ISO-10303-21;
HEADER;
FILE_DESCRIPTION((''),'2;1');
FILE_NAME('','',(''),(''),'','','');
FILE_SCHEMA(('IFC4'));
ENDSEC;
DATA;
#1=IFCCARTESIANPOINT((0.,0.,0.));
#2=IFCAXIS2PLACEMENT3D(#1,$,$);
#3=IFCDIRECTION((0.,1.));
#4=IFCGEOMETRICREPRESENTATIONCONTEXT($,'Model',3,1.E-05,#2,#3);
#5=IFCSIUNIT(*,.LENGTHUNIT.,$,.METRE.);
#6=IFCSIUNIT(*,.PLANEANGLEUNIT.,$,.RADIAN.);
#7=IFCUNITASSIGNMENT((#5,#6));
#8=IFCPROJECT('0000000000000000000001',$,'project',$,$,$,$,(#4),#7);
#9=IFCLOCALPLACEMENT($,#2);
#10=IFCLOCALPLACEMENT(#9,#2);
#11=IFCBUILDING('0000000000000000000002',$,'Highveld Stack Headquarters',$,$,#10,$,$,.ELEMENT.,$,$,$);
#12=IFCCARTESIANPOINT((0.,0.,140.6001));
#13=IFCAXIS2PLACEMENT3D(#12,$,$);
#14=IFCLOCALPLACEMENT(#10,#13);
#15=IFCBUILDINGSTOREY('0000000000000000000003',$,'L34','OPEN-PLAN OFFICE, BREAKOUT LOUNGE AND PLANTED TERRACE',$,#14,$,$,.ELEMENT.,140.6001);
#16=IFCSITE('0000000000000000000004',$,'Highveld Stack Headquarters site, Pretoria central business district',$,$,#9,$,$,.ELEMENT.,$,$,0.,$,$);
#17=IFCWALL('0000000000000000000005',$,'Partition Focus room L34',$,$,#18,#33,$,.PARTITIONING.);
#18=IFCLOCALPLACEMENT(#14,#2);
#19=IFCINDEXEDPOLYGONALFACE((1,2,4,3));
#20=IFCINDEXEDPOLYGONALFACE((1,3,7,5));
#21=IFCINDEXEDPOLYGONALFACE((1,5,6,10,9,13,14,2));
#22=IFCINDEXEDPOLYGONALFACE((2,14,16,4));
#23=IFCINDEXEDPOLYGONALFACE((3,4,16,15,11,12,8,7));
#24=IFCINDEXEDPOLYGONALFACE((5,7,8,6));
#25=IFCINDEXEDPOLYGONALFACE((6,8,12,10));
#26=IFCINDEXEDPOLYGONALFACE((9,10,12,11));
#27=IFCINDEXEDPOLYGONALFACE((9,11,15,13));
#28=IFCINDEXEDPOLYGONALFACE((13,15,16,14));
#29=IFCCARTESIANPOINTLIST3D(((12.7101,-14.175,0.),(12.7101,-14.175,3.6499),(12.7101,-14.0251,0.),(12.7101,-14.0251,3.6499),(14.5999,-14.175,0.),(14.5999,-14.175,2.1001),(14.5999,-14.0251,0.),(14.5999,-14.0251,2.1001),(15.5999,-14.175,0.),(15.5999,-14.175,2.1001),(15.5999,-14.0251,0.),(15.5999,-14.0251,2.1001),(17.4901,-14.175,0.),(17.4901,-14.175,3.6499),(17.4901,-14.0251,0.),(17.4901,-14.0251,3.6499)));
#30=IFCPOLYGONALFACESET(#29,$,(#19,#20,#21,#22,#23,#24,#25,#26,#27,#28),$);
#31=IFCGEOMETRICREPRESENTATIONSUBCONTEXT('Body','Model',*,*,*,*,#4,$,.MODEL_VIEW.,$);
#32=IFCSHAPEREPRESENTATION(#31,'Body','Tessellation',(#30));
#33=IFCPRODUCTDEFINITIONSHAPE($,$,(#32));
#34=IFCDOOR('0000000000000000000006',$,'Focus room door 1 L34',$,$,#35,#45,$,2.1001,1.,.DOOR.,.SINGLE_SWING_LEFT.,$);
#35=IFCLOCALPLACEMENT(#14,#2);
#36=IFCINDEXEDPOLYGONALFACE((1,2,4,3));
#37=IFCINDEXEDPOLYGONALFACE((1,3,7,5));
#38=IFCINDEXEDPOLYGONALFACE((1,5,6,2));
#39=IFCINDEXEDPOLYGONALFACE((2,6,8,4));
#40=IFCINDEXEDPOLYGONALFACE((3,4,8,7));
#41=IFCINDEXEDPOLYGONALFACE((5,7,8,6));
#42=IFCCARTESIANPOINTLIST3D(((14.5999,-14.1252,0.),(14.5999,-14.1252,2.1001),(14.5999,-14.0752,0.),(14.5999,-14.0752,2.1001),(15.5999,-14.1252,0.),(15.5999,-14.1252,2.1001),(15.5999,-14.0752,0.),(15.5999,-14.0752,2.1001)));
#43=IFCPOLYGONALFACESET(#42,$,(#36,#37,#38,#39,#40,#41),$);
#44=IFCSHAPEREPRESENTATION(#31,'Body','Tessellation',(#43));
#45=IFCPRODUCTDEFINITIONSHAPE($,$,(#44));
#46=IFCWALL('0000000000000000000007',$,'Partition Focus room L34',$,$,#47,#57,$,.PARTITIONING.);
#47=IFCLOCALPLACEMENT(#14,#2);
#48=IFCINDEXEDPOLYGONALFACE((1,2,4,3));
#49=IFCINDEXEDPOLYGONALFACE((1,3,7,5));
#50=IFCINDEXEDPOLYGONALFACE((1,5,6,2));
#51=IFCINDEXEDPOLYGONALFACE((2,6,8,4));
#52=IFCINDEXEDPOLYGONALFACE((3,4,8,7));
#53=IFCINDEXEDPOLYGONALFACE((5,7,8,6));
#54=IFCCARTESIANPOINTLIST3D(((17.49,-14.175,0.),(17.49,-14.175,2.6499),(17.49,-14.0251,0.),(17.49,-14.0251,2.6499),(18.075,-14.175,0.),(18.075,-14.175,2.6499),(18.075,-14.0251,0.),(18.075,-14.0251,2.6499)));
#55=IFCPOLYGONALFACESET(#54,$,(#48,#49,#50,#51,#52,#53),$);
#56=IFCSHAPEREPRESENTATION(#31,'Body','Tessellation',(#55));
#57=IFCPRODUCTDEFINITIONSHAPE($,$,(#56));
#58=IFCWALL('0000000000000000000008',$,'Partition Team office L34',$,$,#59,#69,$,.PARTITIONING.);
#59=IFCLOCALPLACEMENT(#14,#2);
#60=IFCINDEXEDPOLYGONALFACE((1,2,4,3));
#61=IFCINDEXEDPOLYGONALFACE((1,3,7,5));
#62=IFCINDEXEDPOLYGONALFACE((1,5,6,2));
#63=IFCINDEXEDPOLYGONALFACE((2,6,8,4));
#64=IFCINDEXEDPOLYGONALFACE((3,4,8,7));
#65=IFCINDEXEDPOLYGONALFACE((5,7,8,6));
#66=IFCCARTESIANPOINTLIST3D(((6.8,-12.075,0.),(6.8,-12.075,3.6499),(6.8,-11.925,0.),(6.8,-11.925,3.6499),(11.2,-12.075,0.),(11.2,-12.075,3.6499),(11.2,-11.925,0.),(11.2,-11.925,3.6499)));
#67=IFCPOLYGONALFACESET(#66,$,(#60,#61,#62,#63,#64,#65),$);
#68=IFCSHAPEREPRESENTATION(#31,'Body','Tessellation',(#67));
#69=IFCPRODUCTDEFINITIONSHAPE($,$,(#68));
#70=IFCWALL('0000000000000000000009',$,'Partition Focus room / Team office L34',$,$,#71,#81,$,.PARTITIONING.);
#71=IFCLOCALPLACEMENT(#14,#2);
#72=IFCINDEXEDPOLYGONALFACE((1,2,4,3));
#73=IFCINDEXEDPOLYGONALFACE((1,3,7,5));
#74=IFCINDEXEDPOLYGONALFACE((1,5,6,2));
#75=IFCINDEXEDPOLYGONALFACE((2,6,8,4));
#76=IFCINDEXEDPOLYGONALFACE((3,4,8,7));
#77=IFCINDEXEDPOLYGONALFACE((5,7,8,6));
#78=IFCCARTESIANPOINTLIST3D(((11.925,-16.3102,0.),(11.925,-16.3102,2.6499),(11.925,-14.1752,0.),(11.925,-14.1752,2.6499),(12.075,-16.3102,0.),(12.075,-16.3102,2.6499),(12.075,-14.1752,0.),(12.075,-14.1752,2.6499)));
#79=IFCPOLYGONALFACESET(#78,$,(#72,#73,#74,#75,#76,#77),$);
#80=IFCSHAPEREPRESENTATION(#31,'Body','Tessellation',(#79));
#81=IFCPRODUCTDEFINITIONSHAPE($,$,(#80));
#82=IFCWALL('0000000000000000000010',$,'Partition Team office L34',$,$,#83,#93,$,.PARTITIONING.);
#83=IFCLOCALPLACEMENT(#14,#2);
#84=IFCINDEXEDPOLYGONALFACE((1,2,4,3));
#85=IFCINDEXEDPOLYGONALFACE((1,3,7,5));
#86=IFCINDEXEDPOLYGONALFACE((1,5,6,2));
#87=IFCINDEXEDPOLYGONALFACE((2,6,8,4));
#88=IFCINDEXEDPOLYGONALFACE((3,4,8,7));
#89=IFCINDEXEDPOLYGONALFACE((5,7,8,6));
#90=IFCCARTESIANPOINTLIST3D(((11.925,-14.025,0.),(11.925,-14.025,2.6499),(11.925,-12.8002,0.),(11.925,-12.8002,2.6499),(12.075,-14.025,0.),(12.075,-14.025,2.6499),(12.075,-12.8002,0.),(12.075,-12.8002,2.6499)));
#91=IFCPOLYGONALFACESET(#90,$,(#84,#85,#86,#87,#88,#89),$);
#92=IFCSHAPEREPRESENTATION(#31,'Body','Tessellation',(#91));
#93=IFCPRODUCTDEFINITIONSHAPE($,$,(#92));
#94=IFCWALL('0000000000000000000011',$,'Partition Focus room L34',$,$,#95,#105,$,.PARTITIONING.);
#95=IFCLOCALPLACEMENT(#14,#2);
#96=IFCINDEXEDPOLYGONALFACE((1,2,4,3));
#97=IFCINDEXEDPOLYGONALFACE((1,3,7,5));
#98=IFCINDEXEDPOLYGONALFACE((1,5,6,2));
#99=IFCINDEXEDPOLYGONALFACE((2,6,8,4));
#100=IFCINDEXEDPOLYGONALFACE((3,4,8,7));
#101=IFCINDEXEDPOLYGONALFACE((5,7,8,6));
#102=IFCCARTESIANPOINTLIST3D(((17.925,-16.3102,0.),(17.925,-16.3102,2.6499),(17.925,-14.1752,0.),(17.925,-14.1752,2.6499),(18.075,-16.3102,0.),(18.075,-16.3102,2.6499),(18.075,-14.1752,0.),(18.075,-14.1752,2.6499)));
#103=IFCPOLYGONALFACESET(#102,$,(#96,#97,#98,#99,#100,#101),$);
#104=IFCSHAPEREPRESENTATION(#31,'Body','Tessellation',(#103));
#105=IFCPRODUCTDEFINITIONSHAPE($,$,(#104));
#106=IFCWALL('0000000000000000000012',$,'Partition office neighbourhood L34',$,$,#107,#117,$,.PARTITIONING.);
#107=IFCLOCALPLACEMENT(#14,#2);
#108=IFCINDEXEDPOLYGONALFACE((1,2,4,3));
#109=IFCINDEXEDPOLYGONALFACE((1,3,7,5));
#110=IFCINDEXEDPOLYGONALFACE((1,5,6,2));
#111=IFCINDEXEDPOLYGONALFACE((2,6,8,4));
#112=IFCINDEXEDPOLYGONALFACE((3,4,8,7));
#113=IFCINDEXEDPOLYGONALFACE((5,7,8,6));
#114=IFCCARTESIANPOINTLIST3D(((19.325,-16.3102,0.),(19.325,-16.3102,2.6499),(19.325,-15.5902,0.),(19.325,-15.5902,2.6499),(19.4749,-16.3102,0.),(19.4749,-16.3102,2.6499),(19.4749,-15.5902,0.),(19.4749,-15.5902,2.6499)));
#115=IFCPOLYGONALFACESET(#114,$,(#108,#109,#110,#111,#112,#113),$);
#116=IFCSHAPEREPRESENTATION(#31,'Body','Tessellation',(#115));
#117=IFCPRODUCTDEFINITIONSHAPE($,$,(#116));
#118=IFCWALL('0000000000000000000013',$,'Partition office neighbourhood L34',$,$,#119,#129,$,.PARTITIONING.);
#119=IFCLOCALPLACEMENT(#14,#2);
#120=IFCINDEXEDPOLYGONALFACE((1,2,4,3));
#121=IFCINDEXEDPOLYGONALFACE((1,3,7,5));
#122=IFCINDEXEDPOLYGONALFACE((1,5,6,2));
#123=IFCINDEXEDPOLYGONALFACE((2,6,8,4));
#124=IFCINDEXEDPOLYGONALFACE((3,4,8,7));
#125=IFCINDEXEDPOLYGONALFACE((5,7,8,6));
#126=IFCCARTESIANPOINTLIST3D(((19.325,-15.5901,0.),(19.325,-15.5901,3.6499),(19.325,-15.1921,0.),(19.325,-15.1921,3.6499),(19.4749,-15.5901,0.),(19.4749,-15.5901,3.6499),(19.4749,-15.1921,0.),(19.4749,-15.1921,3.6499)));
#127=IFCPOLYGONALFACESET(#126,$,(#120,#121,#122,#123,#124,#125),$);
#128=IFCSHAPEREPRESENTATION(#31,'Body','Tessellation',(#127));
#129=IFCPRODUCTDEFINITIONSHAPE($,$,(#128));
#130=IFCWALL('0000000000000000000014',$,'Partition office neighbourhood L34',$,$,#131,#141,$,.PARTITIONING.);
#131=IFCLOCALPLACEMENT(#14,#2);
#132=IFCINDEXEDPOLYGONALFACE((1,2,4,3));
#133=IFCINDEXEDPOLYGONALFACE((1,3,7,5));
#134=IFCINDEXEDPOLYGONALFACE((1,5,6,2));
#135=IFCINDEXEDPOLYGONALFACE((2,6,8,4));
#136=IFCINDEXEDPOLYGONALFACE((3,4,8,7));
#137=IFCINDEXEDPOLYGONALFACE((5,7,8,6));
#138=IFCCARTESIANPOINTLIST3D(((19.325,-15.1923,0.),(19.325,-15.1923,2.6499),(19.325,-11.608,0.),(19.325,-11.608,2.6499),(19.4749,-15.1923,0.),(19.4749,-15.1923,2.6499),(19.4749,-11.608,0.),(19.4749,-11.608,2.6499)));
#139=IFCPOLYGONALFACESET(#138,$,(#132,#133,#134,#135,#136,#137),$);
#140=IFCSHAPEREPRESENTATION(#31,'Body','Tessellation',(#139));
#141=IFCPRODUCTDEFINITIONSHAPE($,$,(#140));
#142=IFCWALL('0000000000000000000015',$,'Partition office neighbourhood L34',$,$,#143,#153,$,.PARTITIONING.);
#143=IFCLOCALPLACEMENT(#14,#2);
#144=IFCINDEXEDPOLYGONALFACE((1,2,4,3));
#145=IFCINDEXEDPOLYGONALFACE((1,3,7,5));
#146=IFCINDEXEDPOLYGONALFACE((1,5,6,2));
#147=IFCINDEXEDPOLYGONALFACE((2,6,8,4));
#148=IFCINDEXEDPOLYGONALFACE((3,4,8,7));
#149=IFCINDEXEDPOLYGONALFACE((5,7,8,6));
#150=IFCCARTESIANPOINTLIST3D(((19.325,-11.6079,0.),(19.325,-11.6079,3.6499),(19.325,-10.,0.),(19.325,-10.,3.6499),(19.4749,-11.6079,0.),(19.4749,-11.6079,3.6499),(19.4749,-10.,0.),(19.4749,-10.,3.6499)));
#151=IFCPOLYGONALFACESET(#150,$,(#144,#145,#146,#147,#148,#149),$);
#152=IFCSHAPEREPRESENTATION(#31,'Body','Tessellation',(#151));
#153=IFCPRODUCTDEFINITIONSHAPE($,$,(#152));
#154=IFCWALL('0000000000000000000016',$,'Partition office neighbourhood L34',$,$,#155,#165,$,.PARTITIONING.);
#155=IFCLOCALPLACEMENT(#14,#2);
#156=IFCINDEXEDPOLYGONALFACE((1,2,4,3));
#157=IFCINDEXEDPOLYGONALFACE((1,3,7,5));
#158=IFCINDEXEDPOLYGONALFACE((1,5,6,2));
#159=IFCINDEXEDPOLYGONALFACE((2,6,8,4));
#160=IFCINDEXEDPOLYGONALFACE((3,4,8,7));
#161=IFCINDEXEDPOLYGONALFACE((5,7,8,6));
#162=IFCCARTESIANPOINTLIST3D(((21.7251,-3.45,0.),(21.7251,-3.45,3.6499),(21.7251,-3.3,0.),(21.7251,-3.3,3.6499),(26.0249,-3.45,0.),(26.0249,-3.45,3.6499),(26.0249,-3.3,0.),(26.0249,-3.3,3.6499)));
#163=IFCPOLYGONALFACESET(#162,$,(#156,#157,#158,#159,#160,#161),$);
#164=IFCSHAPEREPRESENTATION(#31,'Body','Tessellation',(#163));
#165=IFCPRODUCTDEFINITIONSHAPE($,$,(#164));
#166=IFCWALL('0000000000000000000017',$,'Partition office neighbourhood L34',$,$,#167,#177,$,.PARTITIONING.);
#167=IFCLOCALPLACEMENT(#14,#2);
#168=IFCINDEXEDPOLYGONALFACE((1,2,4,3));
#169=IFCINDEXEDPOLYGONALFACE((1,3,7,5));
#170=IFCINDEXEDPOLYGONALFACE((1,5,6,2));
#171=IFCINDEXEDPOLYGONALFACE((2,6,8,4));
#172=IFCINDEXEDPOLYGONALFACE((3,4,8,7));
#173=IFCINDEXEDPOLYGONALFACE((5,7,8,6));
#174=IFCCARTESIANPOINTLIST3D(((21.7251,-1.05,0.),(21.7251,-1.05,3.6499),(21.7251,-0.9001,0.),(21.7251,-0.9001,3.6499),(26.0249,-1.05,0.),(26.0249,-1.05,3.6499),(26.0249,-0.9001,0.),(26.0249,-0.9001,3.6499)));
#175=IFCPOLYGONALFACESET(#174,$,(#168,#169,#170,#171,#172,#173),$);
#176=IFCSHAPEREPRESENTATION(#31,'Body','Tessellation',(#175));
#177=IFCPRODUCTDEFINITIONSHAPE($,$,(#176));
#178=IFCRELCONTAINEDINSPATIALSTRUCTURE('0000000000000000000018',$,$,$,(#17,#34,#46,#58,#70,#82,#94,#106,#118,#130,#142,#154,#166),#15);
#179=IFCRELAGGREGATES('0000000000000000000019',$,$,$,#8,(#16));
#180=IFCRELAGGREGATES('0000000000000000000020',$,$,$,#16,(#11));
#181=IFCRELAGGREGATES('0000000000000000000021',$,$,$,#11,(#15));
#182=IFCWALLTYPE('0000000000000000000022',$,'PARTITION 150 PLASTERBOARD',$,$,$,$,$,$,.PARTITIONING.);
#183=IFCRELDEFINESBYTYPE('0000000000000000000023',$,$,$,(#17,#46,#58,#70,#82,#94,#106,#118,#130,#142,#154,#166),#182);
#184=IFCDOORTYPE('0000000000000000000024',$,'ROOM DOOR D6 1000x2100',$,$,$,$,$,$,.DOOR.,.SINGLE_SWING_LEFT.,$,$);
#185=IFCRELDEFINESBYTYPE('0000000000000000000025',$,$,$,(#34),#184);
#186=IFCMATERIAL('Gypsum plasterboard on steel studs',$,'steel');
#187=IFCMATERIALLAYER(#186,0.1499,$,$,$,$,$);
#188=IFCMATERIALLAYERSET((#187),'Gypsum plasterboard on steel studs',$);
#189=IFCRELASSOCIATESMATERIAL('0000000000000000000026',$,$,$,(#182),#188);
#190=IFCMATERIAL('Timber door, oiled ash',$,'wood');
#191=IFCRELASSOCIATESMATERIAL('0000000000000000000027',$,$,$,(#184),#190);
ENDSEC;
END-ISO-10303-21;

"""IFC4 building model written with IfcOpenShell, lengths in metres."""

from ifc_helpers import new_model, si_unit, direction, frame, frame_2d, origin, place, context, subcontext, project, spatial, rectangle, extrude, material, layer, layer_set, type_object, element, fill, save


model = new_model("IFC4")

# Units and contexts
model_context = context("Model", 3, precision=1e-05, world=origin(), true_north=direction((0.0, 1.0)))
body_context = subcontext(model_context, "Body", "Model", "MODEL_VIEW")
ifc_project = project(units=[si_unit("LENGTHUNIT", "METRE"), si_unit("PLANEANGLEUNIT", "RADIAN")], contexts=[model_context])

# Site, building, storey
site_placement = place(None, origin())
site = spatial("IfcSite", under=ifc_project, at=site_placement, Name="Highveld Stack Headquarters site, Pretoria central business district", CompositionType="ELEMENT", RefElevation=0.0)
building_placement = place(site_placement, origin())
building = spatial("IfcBuilding", under=site, at=building_placement, Name="Highveld Stack Headquarters", CompositionType="ELEMENT")
storey_placement = place(building_placement, frame((0.0, 0.0, 140.6001)))
storey = spatial("IfcBuildingStorey", under=building, at=storey_placement, Name="L34", Description="OPEN-PLAN OFFICE, BREAKOUT LOUNGE AND PLANTED TERRACE", CompositionType="ELEMENT", Elevation=140.6001)

# Shared definitions
ifc_material_1 = material(Name="Gypsum plasterboard on steel studs", Category="steel")
ifc_layer_1 = layer(ifc_material_1, 0.1499)
ifc_layer_set_1 = layer_set([ifc_layer_1], Name="Gypsum plasterboard on steel studs")
wall_type_1 = type_object("IfcWallType", Name="PARTITION 150 PLASTERBOARD", PredefinedType="PARTITIONING", material=ifc_layer_set_1)

# Wall, opening, door
wall_1_placement = place(storey_placement, frame((12.71, -14.1001, 0.0), z_axis=(0.0, 0.0, 1.0), x_axis=(1.0, 0.0, 0.0)))
wall_1 = element("IfcWall", 1, at=wall_1_placement, inside=storey, type_object=wall_type_1, Name="Partition Focus room L34", PredefinedType="PARTITIONING", context=body_context, shape_type="SweptSolid", body=[
    extrude(rectangle(XDim=4.78, YDim=0.1499, at=frame_2d((2.3901, 0.0))), origin(), (0.0, 0.0, 1.0), 3.6499),
])
opening_1_placement = place(wall_1_placement, frame((1.8899, 0.0, 0.0)))
opening_1 = element("IfcOpeningElement", 2, at=opening_1_placement, cuts=wall_1, PredefinedType="OPENING", context=body_context, shape_type="SweptSolid", body=[
    extrude(rectangle(XDim=1.0, YDim=2.1001, at=frame_2d((0.5, 1.05))), frame((0.0, 0.085, 0.0), z_axis=(0.0, -1.0, 0.0), x_axis=(1.0, 0.0, 0.0)), (0.0, 0.0, 1.0), 0.1699),
])
ifc_material_2 = material(Name="Timber door, oiled ash", Category="wood")
door_type_1 = type_object("IfcDoorType", Name="ROOM DOOR D6 1000x2100", OperationType="SINGLE_SWING_LEFT", PredefinedType="DOOR", material=ifc_material_2)
door_1_placement = place(opening_1_placement, origin())
door_1 = element("IfcDoor", 3, at=door_1_placement, inside=storey, type_object=door_type_1, Name="Focus room door 1 L34", OperationType="SINGLE_SWING_LEFT", OverallHeight=2.1001, OverallWidth=1.0, PredefinedType="DOOR", context=body_context, shape_type="SweptSolid", body=[
    extrude(rectangle(XDim=1.0, YDim=2.1001, at=frame_2d((0.5, 1.05))), frame((0.0, 0.0249, 0.0), z_axis=(0.0, -1.0, 0.0), x_axis=(1.0, 0.0, 0.0)), (0.0, 0.0, 1.0), 0.05),
])
fill(opening_1, door_1)

# Walls
wall_2_placement = place(storey_placement, frame((17.49, -14.1001, 0.0), z_axis=(0.0, 0.0, 1.0), x_axis=(1.0, 0.0, 0.0)))
element("IfcWall", 4, at=wall_2_placement, inside=storey, type_object=wall_type_1, Name="Partition Focus room L34", PredefinedType="PARTITIONING", context=body_context, shape_type="SweptSolid", body=[
    extrude(rectangle(XDim=0.585, YDim=0.1499, at=frame_2d((0.2925, 0.0))), origin(), (0.0, 0.0, 1.0), 2.6499),
])
wall_3_placement = place(storey_placement, frame((6.8, -12.0, 0.0), z_axis=(0.0, 0.0, 1.0), x_axis=(1.0, 0.0, 0.0)))
element("IfcWall", 5, at=wall_3_placement, inside=storey, type_object=wall_type_1, Name="Partition Team office L34", PredefinedType="PARTITIONING", context=body_context, shape_type="SweptSolid", body=[
    extrude(rectangle(XDim=4.3999, YDim=0.1499, at=frame_2d((2.2, 0.0))), origin(), (0.0, 0.0, 1.0), 3.6499),
])
wall_4_placement = place(storey_placement, frame((12.0, -16.3101, 0.0), z_axis=(0.0, 0.0, 1.0), x_axis=(0.0, 1.0, 0.0)))
element("IfcWall", 6, at=wall_4_placement, inside=storey, type_object=wall_type_1, Name="Partition Focus room / Team office L34", PredefinedType="PARTITIONING", context=body_context, shape_type="SweptSolid", body=[
    extrude(rectangle(XDim=2.135, YDim=0.1499, at=frame_2d((1.0674, 0.0))), origin(), (0.0, 0.0, 1.0), 2.6499),
])
wall_5_placement = place(storey_placement, frame((12.0, -14.0249, 0.0), z_axis=(0.0, 0.0, 1.0), x_axis=(0.0, 1.0, 0.0)))
element("IfcWall", 7, at=wall_5_placement, inside=storey, type_object=wall_type_1, Name="Partition Team office L34", PredefinedType="PARTITIONING", context=body_context, shape_type="SweptSolid", body=[
    extrude(rectangle(XDim=1.2249, YDim=0.1499, at=frame_2d((0.6123, 0.0))), origin(), (0.0, 0.0, 1.0), 2.6499),
])
wall_6_placement = place(storey_placement, frame((18.0, -16.3101, 0.0), z_axis=(0.0, 0.0, 1.0), x_axis=(0.0, 1.0, 0.0)))
element("IfcWall", 8, at=wall_6_placement, inside=storey, type_object=wall_type_1, Name="Partition Focus room L34", PredefinedType="PARTITIONING", context=body_context, shape_type="SweptSolid", body=[
    extrude(rectangle(XDim=2.135, YDim=0.1499, at=frame_2d((1.0674, 0.0))), origin(), (0.0, 0.0, 1.0), 2.6499),
])
wall_7_placement = place(storey_placement, frame((19.3999, -16.3101, 0.0), z_axis=(0.0, 0.0, 1.0), x_axis=(0.0, 1.0, 0.0)))
element("IfcWall", 9, at=wall_7_placement, inside=storey, type_object=wall_type_1, Name="Partition office neighbourhood L34", PredefinedType="PARTITIONING", context=body_context, shape_type="SweptSolid", body=[
    extrude(rectangle(XDim=0.72, YDim=0.1499, at=frame_2d((0.3599, 0.0))), origin(), (0.0, 0.0, 1.0), 2.6499),
])
wall_8_placement = place(storey_placement, frame((19.3999, -15.5901, 0.0), z_axis=(0.0, 0.0, 1.0), x_axis=(0.0, 1.0, 0.0)))
element("IfcWall", 10, at=wall_8_placement, inside=storey, type_object=wall_type_1, Name="Partition office neighbourhood L34", PredefinedType="PARTITIONING", context=body_context, shape_type="SweptSolid", body=[
    extrude(rectangle(XDim=0.3979, YDim=0.1499, at=frame_2d((0.199, 0.0))), origin(), (0.0, 0.0, 1.0), 3.6499),
])
wall_9_placement = place(storey_placement, frame((19.3999, -15.1921, 0.0), z_axis=(0.0, 0.0, 1.0), x_axis=(0.0, 1.0, 0.0)))
element("IfcWall", 11, at=wall_9_placement, inside=storey, type_object=wall_type_1, Name="Partition office neighbourhood L34", PredefinedType="PARTITIONING", context=body_context, shape_type="SweptSolid", body=[
    extrude(rectangle(XDim=3.5842, YDim=0.1499, at=frame_2d((1.792, 0.0))), origin(), (0.0, 0.0, 1.0), 2.6499),
])
wall_10_placement = place(storey_placement, frame((19.3999, -11.6079, 0.0), z_axis=(0.0, 0.0, 1.0), x_axis=(0.0, 1.0, 0.0)))
element("IfcWall", 12, at=wall_10_placement, inside=storey, type_object=wall_type_1, Name="Partition office neighbourhood L34", PredefinedType="PARTITIONING", context=body_context, shape_type="SweptSolid", body=[
    extrude(rectangle(XDim=1.6079, YDim=0.1499, at=frame_2d((0.804, 0.0))), origin(), (0.0, 0.0, 1.0), 3.6499),
])
for number, where, z_axis, x_axis, name in (
    (13, (21.7251, -3.375, 0.0), (0.0, 0.0, 1.0), (1.0, 0.0, 0.0), "Partition office neighbourhood L34"),
    (14, (21.7251, -0.9751, 0.0), (0.0, 0.0, 1.0), (1.0, 0.0, 0.0), "Partition office neighbourhood L34"),
):
    element("IfcWall", number, at=place(storey_placement, frame(where, z_axis=z_axis, x_axis=x_axis)), inside=storey, type_object=wall_type_1, Name=name, PredefinedType="PARTITIONING", context=body_context, shape_type="SweptSolid", body=[
        extrude(rectangle(XDim=4.2998, YDim=0.1499, at=frame_2d((2.1499, 0.0))), origin(), (0.0, 0.0, 1.0), 3.6499),
    ])

save(model, "model.ifc")
